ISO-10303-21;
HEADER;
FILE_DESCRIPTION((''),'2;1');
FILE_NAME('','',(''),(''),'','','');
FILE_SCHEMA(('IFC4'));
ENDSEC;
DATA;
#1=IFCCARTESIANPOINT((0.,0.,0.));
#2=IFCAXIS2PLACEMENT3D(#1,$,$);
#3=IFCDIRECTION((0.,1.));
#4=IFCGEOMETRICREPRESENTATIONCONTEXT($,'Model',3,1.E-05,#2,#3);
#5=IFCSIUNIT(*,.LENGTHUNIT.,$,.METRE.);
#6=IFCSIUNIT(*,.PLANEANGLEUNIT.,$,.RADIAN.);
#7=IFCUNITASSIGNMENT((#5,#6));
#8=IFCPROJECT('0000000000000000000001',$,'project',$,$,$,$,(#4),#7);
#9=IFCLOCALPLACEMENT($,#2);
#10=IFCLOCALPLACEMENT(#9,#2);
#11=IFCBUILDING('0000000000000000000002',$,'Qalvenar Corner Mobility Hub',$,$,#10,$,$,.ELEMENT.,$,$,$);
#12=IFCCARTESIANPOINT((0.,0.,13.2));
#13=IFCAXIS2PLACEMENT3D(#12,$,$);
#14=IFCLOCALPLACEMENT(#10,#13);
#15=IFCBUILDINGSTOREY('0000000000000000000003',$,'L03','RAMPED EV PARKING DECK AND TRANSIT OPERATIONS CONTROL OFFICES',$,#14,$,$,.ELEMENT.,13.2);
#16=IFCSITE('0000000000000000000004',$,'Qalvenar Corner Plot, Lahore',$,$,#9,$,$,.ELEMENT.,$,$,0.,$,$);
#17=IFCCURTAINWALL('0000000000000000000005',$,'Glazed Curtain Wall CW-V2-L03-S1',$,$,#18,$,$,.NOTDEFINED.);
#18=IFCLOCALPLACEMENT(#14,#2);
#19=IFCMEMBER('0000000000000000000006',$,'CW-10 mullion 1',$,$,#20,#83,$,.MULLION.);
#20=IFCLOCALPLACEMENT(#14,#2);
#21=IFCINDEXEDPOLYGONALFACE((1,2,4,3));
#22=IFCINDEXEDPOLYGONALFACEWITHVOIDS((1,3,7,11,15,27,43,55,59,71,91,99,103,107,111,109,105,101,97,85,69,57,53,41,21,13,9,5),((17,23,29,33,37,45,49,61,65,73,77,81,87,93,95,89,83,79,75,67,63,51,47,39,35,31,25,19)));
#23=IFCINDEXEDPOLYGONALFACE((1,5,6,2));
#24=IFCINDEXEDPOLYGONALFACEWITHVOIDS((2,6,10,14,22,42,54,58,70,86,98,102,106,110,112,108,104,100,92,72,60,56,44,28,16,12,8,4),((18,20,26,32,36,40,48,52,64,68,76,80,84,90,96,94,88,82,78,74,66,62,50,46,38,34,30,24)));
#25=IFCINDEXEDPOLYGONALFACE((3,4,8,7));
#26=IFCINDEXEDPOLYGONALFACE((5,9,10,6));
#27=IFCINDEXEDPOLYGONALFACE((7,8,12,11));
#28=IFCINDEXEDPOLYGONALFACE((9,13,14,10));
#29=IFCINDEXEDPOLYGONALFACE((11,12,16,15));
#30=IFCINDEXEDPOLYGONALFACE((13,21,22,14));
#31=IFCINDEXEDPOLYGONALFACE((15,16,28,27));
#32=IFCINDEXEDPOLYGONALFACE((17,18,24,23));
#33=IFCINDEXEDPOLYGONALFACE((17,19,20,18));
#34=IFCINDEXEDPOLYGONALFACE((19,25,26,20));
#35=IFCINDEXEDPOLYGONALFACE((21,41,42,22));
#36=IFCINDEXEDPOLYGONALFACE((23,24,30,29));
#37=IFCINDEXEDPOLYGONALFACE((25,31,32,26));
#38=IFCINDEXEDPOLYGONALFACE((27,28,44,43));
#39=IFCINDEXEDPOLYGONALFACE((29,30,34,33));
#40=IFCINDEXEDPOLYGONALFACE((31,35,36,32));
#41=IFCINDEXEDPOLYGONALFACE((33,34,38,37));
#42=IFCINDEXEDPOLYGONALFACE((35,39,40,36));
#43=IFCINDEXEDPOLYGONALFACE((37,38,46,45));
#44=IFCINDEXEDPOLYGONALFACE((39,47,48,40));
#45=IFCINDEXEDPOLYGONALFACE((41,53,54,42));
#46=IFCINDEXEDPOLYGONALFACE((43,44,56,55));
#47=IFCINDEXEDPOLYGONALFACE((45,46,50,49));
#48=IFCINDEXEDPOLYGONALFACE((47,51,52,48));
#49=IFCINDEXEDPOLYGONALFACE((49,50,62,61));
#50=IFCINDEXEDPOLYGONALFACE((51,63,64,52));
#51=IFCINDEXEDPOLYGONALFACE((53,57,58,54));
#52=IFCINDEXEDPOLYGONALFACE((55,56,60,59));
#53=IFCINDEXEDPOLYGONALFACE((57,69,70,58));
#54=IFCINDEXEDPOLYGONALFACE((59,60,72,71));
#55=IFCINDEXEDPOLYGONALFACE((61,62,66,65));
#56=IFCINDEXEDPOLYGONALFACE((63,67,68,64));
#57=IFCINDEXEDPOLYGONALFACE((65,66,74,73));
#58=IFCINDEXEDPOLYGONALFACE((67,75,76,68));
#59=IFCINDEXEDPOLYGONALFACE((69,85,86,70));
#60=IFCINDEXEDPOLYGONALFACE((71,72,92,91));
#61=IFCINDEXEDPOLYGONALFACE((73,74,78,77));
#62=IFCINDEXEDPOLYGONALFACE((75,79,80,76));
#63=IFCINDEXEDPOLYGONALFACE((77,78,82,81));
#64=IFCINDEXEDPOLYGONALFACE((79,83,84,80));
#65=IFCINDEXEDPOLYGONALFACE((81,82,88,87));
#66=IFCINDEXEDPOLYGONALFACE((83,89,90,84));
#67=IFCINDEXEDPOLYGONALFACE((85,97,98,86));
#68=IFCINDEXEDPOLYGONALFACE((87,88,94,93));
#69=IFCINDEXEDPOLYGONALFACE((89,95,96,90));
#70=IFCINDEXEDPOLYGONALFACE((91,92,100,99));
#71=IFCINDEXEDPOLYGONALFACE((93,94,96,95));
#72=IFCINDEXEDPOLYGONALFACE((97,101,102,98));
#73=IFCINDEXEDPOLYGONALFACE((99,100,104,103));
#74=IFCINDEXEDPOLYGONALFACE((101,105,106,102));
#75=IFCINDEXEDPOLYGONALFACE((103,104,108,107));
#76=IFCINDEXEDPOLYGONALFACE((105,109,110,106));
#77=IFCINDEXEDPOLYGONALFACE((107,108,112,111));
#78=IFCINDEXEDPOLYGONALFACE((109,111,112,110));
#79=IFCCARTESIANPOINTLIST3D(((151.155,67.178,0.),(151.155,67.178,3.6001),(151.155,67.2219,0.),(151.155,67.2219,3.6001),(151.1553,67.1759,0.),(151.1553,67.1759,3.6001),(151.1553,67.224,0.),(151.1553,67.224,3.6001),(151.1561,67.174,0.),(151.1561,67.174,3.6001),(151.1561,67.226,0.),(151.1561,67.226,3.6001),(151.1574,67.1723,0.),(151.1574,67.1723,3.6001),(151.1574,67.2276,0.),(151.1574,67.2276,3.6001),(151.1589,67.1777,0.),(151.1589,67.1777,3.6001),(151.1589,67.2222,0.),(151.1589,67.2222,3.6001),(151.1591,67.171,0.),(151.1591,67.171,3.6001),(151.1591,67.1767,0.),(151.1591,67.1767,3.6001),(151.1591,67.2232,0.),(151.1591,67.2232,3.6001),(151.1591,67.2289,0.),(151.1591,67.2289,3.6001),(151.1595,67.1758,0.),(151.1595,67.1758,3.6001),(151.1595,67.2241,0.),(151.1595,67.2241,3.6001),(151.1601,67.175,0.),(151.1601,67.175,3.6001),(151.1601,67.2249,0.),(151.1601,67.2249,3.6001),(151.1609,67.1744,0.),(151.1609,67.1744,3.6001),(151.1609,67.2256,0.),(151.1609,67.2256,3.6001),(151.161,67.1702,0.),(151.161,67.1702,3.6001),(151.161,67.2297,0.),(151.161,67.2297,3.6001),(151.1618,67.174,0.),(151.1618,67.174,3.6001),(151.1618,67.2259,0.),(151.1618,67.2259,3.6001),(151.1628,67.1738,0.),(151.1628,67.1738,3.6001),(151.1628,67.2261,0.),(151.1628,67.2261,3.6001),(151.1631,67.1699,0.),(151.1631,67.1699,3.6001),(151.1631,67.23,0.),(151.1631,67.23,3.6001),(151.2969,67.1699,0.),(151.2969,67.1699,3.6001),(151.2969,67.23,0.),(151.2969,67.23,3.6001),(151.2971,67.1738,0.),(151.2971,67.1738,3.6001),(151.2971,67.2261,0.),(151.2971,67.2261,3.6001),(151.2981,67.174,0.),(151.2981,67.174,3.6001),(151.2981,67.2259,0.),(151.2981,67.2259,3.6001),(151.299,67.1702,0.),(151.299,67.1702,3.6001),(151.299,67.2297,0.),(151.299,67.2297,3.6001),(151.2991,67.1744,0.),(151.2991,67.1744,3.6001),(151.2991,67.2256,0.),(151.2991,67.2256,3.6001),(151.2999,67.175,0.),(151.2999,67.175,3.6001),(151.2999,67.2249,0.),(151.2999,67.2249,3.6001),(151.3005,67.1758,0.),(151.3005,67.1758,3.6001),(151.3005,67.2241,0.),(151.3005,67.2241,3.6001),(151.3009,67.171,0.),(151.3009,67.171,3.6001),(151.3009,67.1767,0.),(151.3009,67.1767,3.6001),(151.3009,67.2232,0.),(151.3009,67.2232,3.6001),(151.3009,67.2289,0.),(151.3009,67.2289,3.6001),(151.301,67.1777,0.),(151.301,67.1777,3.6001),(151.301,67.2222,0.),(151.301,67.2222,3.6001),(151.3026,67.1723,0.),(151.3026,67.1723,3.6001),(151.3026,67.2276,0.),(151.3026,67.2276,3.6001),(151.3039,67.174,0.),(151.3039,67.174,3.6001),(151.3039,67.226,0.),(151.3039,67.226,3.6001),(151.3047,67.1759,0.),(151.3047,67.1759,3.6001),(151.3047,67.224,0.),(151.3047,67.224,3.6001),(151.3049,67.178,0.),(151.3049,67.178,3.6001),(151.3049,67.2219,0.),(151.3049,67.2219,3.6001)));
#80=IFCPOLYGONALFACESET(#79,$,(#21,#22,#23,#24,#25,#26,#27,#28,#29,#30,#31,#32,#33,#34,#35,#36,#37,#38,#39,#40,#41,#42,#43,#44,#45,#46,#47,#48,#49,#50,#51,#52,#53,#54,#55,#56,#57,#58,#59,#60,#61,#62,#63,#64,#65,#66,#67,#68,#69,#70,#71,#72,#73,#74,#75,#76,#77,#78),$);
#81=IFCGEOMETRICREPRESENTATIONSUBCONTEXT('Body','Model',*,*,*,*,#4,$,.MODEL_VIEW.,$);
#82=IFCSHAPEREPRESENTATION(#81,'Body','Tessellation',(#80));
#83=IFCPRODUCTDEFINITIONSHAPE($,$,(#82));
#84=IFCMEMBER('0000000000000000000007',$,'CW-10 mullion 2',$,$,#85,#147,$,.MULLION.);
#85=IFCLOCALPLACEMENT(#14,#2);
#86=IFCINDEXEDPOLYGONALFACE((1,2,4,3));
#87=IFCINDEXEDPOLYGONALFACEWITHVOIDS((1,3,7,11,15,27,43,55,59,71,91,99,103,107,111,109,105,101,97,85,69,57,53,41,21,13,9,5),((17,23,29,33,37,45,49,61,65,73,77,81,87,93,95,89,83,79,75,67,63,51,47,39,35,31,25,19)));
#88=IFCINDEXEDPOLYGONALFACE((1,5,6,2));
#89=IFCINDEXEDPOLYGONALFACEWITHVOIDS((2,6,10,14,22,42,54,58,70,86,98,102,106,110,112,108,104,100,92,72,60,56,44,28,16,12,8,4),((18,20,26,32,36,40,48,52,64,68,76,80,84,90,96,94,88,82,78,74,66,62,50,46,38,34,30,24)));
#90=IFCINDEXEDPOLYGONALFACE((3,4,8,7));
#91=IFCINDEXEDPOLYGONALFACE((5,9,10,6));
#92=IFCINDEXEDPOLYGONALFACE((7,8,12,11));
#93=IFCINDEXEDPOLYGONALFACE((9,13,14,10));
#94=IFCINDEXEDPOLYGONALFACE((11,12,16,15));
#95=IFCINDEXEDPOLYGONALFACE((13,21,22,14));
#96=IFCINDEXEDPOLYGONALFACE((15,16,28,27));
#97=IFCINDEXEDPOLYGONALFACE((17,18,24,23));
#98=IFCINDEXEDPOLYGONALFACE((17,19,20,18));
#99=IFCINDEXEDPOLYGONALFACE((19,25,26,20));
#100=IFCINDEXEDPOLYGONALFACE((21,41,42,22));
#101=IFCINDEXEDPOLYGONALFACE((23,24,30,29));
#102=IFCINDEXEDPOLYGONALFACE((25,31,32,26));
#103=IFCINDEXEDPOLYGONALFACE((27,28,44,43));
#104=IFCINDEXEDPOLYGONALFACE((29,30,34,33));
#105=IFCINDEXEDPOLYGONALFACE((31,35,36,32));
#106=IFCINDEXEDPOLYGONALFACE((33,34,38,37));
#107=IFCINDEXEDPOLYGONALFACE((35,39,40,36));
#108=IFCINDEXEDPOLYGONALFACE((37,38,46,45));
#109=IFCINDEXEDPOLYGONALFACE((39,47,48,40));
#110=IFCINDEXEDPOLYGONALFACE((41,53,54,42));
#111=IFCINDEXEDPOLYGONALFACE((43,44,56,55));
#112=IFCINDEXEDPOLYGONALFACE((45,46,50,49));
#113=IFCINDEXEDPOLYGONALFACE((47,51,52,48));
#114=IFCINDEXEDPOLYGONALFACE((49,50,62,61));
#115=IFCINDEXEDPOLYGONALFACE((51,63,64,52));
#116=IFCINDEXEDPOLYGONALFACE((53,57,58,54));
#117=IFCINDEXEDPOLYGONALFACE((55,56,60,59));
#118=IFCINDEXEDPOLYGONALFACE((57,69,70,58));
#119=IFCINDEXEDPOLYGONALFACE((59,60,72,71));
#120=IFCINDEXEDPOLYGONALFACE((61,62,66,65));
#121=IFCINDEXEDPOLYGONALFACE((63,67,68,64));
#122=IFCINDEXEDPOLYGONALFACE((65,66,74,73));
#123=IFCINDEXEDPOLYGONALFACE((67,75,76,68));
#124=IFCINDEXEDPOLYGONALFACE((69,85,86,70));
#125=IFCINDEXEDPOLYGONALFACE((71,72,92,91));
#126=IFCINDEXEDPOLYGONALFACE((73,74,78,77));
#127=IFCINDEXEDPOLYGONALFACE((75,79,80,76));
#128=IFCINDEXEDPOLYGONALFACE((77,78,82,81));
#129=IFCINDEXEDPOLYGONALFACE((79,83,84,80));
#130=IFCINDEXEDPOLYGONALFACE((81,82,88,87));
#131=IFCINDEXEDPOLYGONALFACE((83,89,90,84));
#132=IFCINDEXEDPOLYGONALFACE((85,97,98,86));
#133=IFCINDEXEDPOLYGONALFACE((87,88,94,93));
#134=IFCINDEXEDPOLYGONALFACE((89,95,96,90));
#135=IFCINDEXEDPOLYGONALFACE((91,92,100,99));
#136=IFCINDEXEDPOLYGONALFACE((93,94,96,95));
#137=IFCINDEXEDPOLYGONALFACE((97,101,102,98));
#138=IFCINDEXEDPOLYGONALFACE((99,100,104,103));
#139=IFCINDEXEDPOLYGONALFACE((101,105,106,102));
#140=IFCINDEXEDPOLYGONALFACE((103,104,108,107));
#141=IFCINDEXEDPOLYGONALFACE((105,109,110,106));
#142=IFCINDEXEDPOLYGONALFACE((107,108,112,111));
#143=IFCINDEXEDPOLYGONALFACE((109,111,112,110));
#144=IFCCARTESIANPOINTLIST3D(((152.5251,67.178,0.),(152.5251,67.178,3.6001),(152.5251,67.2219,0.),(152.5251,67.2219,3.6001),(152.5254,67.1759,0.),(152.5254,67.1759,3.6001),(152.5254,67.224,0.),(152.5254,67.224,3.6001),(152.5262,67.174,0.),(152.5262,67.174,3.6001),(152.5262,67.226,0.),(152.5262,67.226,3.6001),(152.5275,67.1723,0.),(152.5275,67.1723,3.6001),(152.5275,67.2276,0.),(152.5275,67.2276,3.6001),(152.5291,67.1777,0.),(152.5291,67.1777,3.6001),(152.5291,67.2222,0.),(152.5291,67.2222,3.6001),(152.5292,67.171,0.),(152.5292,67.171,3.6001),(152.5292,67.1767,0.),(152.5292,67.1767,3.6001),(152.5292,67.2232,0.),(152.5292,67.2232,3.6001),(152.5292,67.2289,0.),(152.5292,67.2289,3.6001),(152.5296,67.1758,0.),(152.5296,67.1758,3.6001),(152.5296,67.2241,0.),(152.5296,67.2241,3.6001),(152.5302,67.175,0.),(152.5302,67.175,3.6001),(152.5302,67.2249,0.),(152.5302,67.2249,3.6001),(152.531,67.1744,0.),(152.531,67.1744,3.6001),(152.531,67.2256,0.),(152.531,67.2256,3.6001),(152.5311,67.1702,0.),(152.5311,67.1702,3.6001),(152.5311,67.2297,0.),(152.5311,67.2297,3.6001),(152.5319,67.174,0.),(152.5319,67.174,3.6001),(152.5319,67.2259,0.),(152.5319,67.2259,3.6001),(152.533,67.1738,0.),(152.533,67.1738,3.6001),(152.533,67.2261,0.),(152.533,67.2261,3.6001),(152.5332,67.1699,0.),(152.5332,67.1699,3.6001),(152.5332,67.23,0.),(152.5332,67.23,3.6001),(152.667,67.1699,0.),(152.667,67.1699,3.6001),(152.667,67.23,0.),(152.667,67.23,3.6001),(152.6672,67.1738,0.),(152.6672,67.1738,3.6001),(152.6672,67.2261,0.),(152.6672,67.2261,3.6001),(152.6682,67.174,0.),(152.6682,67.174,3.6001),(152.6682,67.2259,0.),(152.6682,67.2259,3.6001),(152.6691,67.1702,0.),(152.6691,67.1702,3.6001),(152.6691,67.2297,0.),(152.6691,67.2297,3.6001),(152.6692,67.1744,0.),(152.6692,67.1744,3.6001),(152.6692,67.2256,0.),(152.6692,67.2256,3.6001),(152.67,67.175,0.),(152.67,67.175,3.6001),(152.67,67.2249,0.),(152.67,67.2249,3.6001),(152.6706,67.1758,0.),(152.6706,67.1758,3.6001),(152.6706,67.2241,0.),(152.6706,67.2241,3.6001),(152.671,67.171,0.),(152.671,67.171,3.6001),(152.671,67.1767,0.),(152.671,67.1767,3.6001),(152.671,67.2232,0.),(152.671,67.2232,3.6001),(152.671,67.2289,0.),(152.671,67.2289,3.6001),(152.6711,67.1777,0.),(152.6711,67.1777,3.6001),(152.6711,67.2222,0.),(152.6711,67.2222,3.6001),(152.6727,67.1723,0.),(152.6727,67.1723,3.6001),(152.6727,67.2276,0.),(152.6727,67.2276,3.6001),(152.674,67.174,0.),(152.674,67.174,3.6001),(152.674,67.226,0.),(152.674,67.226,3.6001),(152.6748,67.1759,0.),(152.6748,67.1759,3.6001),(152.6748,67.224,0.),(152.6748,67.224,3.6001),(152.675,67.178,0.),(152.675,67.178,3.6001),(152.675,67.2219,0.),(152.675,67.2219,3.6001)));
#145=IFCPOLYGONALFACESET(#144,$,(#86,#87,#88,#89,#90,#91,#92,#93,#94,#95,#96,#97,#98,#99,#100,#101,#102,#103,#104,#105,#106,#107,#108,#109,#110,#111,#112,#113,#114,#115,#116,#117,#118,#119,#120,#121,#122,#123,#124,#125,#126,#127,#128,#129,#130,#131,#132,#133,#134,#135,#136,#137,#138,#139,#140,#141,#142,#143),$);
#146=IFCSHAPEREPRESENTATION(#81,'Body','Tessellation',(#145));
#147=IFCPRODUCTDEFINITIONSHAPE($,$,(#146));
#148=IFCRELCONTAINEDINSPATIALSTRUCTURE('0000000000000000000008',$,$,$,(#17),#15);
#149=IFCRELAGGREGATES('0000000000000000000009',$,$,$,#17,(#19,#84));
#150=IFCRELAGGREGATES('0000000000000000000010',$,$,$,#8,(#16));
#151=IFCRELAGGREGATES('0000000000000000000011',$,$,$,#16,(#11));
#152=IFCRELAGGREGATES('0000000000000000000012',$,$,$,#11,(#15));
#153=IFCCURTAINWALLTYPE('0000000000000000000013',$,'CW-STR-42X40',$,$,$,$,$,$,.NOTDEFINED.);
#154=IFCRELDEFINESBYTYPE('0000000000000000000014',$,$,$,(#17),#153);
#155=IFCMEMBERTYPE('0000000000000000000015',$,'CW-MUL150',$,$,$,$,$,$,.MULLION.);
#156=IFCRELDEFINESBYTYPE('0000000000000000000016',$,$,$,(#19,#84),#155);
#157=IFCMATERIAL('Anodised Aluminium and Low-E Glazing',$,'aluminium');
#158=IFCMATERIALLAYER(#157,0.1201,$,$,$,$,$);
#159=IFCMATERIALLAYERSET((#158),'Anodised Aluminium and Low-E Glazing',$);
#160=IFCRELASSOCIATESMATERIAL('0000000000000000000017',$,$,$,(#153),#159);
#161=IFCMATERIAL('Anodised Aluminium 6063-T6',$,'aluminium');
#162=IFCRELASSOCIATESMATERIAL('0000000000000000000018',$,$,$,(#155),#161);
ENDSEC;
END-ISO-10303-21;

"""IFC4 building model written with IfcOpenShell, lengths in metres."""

from ifc_helpers import new_model, si_unit, direction, frame, origin, origin_2d, place, context, subcontext, project, spatial, hollow_rectangle, extrude, material, layer, layer_set, material_profile, profile_set, type_object, element, aggregate, save


model = new_model("IFC4")

# Units and contexts
model_context = context("Model", 3, precision=1e-05, world=origin(), true_north=direction((0.0, 1.0)))
body_context = subcontext(model_context, "Body", "Model", "MODEL_VIEW")
ifc_project = project(units=[si_unit("LENGTHUNIT", "METRE"), si_unit("PLANEANGLEUNIT", "RADIAN")], contexts=[model_context])

# Site, building, storey
site_placement = place(None, origin())
site = spatial("IfcSite", under=ifc_project, at=site_placement, Name="Qalvenar Corner Plot, Lahore", CompositionType="ELEMENT", RefElevation=0.0)
building_placement = place(site_placement, origin())
building = spatial("IfcBuilding", under=site, at=building_placement, Name="Qalvenar Corner Mobility Hub", CompositionType="ELEMENT")
storey_placement = place(building_placement, frame((0.0, 0.0, 13.2)))
storey = spatial("IfcBuildingStorey", under=building, at=storey_placement, Name="L03", Description="RAMPED EV PARKING DECK AND TRANSIT OPERATIONS CONTROL OFFICES", CompositionType="ELEMENT", Elevation=13.2)

# Curtain wall, members
ifc_material_1 = material(Name="Anodised Aluminium and Low-E Glazing", Category="aluminium")
ifc_layer_1 = layer(ifc_material_1, 0.1201)
ifc_layer_set_1 = layer_set([ifc_layer_1], Name="Anodised Aluminium and Low-E Glazing")
curtain_wall_type = type_object("IfcCurtainWallType", Name="CW-STR-42X40", PredefinedType="NOTDEFINED", material=ifc_layer_set_1)
ifc_material_2 = material(Name="Anodised Aluminium 6063-T6", Category="aluminium")
ifc_material_profile_1 = material_profile(ifc_material_2, hollow_rectangle(XDim=0.0601, YDim=0.1499, WallThickness=0.0039, InnerFilletRadius=0.0039, OuterFilletRadius=0.0081, at=origin_2d()), Name="RHS150x60x4")
ifc_profile_set_1 = profile_set([ifc_material_profile_1], Name="Anodised Aluminium 6063-T6")
member_type_1 = type_object("IfcMemberType", Name="CW-MUL150", PredefinedType="MULLION", material=ifc_profile_set_1)
curtain_wall_1_placement = place(storey_placement, origin())
curtain_wall_1 = element("IfcCurtainWall", 1, at=curtain_wall_1_placement, inside=storey, type_object=curtain_wall_type, Name="Glazed Curtain Wall CW-V2-L03-S1", PredefinedType="NOTDEFINED")
member_1_placement = place(storey_placement, frame((151.23, 67.2, 0.0), z_axis=(0.0, 0.0, 1.0), x_axis=(0.0, 1.0, 0.0)))
member_1 = element("IfcMember", 2, at=member_1_placement, type_object=member_type_1, Name="CW-10 mullion 1", PredefinedType="MULLION", context=body_context, shape_type="SweptSolid", body=[
    extrude(hollow_rectangle(XDim=0.0601, YDim=0.1499, WallThickness=0.0039, InnerFilletRadius=0.0039, OuterFilletRadius=0.0081, at=origin_2d()), origin(), (0.0, 0.0, 1.0), 3.6001),
])
member_2_placement = place(storey_placement, frame((152.6001, 67.2, 0.0), z_axis=(0.0, 0.0, 1.0), x_axis=(0.0, 1.0, 0.0)))
member_2 = element("IfcMember", 3, at=member_2_placement, type_object=member_type_1, Name="CW-10 mullion 2", PredefinedType="MULLION", context=body_context, shape_type="SweptSolid", body=[
    extrude(hollow_rectangle(XDim=0.0601, YDim=0.1499, WallThickness=0.0039, InnerFilletRadius=0.0039, OuterFilletRadius=0.0081, at=origin_2d()), origin(), (0.0, 0.0, 1.0), 3.6001),
])

aggregate(curtain_wall_1, [member_1, member_2])

save(model, "model.ifc")
